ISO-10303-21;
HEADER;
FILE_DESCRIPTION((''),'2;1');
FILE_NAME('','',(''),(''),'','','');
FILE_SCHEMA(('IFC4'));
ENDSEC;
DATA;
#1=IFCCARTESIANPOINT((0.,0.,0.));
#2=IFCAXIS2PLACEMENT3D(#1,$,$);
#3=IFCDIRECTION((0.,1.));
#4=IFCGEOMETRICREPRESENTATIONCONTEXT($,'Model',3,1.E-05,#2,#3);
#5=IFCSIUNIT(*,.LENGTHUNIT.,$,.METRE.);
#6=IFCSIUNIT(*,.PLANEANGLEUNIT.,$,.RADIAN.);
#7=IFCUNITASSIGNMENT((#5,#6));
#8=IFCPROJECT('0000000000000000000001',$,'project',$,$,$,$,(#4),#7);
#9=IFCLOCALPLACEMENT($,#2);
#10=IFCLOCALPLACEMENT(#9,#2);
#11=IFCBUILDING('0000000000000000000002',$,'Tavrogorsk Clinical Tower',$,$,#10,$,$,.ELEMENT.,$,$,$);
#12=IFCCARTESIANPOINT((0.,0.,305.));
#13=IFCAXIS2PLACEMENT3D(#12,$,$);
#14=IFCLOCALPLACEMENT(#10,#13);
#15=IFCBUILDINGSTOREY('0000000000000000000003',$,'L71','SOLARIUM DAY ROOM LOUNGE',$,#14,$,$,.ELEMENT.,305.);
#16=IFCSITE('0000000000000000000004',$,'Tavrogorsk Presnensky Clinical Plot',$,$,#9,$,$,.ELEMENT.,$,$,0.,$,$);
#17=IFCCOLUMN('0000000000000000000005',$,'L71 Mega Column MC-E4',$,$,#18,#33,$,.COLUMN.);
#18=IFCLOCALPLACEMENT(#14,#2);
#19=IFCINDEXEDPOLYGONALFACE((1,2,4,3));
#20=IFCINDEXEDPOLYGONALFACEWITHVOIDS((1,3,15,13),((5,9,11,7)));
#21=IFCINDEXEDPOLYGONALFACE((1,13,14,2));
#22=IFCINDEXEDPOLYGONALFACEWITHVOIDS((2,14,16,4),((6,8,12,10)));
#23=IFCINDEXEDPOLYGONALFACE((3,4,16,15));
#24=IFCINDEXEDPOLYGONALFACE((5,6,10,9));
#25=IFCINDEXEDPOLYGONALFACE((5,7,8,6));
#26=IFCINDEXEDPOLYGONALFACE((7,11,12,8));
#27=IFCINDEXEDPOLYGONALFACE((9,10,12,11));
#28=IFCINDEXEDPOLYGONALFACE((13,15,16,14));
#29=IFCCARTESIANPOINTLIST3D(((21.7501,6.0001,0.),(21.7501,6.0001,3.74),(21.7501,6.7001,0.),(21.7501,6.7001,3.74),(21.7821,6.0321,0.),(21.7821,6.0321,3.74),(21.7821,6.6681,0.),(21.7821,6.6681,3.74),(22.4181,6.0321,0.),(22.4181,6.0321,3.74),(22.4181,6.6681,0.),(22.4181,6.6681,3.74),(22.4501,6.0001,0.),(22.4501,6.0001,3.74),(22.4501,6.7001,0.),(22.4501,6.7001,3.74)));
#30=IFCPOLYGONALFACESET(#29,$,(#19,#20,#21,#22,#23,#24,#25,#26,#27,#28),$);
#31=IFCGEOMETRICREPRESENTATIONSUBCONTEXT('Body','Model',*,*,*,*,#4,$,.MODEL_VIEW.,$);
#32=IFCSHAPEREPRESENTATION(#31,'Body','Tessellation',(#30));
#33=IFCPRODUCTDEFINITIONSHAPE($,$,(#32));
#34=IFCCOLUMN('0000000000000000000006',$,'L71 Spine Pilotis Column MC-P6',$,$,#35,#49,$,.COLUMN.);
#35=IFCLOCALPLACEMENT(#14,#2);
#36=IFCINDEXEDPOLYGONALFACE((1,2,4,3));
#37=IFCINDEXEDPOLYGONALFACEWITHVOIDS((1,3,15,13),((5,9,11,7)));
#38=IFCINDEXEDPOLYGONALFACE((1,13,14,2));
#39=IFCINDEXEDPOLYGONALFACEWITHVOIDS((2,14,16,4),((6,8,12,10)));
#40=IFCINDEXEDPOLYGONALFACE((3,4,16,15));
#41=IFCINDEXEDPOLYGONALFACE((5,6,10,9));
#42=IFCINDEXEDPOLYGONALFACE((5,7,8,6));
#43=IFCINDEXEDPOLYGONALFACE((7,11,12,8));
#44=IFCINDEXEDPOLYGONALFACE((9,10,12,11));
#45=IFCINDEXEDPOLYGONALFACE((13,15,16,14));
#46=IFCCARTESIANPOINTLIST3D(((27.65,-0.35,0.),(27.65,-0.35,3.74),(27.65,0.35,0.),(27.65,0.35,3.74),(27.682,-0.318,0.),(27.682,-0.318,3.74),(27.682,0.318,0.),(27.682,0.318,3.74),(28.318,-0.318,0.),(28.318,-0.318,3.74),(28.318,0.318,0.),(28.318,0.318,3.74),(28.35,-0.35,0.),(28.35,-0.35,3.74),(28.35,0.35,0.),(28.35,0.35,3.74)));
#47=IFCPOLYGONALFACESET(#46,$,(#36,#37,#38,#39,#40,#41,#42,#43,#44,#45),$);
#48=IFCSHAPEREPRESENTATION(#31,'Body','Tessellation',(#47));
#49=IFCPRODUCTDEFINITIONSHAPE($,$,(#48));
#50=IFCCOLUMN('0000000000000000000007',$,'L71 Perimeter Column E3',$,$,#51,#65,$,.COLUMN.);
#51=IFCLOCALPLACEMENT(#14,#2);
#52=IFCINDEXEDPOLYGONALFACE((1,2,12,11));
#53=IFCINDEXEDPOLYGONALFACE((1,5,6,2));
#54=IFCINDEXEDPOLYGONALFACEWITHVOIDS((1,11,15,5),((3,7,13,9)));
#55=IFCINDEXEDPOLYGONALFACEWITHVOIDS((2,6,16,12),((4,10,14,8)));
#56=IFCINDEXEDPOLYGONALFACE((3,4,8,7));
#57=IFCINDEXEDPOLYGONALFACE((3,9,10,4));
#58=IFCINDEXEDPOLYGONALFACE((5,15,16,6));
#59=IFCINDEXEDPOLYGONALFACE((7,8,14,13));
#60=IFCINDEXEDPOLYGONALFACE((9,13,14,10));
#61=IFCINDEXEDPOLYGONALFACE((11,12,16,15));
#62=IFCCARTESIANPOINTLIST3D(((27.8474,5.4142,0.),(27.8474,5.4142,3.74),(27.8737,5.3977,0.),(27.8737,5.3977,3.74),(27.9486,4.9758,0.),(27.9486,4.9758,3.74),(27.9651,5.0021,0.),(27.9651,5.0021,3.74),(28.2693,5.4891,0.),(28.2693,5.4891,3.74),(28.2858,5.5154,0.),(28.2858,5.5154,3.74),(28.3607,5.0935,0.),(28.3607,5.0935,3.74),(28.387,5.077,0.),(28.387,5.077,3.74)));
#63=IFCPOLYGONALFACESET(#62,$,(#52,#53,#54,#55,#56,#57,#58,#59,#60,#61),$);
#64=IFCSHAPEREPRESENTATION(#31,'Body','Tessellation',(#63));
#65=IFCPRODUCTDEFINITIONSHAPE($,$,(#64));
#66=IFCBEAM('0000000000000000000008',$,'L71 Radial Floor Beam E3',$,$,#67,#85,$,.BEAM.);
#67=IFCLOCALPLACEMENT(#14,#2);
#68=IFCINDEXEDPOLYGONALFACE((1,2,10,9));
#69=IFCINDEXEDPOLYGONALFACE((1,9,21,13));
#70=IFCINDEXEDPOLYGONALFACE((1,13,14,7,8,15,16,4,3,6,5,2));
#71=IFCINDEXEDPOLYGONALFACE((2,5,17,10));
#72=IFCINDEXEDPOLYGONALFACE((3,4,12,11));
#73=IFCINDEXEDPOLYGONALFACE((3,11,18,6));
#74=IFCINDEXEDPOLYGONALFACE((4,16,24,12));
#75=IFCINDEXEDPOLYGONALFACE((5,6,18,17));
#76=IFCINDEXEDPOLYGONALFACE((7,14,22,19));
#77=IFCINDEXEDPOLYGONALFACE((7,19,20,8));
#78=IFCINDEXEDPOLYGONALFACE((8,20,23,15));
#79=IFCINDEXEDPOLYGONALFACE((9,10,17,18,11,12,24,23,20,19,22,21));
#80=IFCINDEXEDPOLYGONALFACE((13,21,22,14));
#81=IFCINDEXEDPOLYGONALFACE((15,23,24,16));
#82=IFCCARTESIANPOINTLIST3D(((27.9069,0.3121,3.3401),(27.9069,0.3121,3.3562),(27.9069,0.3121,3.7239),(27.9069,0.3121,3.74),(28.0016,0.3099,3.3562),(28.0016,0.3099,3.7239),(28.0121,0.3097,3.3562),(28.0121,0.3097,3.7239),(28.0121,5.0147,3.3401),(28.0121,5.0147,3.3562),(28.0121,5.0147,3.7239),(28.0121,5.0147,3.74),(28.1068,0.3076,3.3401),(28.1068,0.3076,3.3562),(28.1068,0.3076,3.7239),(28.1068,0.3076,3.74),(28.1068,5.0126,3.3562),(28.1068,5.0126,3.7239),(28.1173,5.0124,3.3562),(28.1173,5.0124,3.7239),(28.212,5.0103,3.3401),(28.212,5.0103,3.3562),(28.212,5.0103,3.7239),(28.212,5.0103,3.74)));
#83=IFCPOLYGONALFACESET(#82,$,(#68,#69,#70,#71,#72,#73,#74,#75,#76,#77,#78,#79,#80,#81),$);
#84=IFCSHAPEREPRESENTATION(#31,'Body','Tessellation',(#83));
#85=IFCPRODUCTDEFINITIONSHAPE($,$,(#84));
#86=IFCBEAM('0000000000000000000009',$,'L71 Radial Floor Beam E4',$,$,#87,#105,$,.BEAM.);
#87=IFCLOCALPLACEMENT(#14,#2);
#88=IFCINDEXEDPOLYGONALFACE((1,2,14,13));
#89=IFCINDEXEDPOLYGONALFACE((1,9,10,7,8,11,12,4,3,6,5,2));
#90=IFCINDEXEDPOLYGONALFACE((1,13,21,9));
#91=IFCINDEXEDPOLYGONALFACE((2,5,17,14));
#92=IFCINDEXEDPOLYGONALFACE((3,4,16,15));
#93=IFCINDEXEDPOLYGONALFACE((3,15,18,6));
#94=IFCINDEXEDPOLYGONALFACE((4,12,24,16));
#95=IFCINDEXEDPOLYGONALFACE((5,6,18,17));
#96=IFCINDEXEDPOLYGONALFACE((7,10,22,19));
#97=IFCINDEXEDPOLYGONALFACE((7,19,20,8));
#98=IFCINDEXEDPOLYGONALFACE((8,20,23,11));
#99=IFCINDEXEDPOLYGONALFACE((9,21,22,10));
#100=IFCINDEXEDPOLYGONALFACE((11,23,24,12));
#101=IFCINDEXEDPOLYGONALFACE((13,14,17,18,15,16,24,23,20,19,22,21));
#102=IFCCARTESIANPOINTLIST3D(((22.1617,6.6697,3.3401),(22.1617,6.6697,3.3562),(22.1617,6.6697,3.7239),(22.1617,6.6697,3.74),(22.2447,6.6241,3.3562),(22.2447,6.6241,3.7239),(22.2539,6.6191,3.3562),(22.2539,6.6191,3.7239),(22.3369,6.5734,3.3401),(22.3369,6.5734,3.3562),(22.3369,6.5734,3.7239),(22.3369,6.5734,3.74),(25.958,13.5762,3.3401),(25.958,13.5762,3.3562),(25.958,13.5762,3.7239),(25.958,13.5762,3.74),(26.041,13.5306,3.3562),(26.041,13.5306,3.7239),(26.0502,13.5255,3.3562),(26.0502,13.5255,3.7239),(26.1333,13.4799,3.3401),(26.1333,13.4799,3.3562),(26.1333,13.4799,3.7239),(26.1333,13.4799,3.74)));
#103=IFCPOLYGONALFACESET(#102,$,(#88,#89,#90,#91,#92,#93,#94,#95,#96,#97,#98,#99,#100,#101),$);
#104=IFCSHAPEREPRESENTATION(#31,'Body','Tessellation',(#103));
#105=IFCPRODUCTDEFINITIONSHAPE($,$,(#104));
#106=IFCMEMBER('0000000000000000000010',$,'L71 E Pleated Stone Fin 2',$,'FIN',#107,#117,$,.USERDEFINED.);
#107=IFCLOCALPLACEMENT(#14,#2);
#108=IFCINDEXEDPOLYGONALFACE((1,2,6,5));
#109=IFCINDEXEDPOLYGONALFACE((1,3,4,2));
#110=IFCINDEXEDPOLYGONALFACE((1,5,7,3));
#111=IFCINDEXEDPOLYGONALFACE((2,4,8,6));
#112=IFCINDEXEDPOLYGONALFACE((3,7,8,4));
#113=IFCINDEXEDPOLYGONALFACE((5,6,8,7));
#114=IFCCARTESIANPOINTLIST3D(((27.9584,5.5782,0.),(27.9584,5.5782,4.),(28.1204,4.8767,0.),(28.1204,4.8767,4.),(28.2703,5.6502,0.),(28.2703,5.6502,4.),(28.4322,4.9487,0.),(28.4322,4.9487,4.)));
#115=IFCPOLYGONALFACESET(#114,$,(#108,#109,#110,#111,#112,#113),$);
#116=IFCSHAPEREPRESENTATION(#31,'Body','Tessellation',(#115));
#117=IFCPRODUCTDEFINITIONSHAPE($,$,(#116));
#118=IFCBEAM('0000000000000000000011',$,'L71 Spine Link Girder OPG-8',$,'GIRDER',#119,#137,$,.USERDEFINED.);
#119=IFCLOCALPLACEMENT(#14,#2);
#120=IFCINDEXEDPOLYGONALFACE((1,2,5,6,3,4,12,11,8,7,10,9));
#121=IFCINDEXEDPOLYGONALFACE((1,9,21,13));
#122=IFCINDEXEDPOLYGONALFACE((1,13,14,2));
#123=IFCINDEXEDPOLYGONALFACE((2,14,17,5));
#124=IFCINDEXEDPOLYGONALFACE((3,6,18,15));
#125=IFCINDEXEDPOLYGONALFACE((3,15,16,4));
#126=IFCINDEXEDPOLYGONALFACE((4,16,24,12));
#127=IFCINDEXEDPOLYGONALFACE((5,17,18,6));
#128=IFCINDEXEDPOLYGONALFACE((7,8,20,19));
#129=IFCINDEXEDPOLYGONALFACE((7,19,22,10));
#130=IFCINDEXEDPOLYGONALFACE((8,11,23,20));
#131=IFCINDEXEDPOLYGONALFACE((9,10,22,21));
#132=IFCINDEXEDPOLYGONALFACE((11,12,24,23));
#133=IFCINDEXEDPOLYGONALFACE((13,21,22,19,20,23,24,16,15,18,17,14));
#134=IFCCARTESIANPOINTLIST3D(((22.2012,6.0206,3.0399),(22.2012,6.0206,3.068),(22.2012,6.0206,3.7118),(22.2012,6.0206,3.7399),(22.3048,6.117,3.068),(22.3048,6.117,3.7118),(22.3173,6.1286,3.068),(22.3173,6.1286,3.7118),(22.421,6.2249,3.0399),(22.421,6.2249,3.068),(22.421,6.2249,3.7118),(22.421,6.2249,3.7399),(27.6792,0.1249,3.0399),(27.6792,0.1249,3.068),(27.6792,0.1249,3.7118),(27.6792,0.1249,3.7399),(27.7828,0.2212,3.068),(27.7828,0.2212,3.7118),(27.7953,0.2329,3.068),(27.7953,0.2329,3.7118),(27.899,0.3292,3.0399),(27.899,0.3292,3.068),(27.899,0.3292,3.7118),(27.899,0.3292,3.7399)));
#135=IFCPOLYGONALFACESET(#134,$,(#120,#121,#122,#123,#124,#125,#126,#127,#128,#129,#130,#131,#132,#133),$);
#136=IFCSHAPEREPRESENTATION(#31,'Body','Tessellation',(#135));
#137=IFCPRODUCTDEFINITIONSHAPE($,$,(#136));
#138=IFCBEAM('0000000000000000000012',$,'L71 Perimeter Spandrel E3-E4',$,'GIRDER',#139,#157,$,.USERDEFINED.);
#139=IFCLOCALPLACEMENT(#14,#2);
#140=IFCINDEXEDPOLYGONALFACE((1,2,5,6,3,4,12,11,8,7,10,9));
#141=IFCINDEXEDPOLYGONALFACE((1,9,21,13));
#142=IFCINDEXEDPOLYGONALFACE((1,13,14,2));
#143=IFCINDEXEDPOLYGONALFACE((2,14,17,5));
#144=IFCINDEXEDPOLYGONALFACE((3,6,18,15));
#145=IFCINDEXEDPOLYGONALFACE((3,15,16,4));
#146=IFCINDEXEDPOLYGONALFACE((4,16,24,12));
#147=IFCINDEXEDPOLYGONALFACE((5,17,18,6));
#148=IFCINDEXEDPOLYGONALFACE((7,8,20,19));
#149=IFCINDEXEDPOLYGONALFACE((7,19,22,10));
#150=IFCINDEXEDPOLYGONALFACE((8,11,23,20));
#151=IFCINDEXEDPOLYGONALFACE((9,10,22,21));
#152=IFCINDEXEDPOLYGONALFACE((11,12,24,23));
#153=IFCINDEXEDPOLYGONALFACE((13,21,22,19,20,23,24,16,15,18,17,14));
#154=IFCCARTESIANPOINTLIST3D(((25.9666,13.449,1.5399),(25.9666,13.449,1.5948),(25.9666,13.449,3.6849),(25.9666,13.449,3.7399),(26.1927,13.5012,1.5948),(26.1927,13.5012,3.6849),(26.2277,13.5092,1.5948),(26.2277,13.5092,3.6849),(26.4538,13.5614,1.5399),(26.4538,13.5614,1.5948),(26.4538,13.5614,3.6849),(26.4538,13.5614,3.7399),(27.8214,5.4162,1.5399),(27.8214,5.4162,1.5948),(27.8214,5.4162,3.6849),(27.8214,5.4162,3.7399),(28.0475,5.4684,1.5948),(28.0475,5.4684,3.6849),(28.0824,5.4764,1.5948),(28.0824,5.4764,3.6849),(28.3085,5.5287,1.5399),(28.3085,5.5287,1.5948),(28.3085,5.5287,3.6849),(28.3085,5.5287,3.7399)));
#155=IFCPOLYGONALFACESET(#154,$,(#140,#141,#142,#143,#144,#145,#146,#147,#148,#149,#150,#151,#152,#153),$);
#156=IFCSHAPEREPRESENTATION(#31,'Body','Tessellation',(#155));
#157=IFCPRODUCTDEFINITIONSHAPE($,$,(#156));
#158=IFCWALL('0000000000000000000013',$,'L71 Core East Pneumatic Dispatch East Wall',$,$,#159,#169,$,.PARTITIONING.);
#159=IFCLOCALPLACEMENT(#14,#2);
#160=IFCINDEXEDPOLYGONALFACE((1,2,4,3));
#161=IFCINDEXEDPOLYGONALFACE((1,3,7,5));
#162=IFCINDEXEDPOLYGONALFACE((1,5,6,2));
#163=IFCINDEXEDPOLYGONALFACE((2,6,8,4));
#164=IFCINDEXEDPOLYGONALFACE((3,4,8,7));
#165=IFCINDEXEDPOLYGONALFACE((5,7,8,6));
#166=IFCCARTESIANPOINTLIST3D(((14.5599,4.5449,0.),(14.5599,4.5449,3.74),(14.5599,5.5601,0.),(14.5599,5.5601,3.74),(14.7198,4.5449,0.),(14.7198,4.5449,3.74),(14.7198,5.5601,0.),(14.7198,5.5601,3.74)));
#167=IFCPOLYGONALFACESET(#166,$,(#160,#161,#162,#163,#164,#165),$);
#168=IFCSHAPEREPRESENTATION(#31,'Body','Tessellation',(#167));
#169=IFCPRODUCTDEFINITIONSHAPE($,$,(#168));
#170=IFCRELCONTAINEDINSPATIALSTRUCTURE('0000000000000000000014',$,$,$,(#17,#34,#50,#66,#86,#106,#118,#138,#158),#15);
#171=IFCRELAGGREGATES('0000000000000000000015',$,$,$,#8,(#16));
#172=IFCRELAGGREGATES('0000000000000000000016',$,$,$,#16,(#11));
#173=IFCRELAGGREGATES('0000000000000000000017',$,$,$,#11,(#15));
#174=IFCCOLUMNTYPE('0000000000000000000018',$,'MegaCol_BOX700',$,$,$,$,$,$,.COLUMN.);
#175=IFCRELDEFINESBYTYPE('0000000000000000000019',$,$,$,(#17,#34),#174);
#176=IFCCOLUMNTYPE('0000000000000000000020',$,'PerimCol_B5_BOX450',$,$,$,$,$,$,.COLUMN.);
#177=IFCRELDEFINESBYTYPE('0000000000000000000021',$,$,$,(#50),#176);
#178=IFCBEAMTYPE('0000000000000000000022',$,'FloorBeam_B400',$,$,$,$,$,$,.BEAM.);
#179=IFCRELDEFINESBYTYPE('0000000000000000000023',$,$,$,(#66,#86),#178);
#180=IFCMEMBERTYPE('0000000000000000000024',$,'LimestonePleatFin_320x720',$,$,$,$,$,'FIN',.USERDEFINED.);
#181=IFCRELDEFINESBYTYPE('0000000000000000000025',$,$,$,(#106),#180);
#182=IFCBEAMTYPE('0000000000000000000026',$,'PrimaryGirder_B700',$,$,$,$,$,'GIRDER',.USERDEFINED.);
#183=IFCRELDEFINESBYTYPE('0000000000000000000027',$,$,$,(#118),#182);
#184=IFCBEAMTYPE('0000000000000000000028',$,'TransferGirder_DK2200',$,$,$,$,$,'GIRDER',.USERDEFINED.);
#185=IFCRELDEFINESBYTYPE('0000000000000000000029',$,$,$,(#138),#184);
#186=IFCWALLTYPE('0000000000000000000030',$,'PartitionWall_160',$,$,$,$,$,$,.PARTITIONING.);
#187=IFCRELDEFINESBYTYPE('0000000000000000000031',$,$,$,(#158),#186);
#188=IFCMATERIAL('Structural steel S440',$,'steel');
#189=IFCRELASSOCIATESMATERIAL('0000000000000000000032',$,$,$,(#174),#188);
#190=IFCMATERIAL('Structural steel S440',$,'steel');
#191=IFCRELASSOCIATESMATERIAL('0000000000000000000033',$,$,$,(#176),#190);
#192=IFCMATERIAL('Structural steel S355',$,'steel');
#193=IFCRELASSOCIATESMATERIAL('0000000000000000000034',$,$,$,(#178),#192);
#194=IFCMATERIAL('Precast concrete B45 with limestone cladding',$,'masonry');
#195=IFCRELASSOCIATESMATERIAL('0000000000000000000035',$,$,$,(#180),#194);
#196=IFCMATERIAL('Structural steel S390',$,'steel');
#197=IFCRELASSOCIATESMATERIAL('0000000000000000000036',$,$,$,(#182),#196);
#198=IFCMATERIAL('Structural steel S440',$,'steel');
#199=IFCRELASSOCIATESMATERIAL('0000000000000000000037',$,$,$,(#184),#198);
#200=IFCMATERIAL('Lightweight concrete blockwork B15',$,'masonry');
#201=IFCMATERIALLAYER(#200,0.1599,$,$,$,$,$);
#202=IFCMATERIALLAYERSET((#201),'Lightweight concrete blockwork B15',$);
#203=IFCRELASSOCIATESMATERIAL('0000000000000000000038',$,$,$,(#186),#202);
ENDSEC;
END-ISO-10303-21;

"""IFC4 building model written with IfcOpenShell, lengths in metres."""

from ifc_helpers import new_model, si_unit, direction, frame, frame_2d, origin, origin_2d, place, context, subcontext, project, spatial, rectangle, hollow_rectangle, i_section, extrude, material, layer, layer_set, material_profile, profile_set, type_object, element, save


model = new_model("IFC4")

# Units and contexts
model_context = context("Model", 3, precision=1e-05, world=origin(), true_north=direction((0.0, 1.0)))
body_context = subcontext(model_context, "Body", "Model", "MODEL_VIEW")
ifc_project = project(units=[si_unit("LENGTHUNIT", "METRE"), si_unit("PLANEANGLEUNIT", "RADIAN")], contexts=[model_context])

# Site, building, storey
site_placement = place(None, origin())
site = spatial("IfcSite", under=ifc_project, at=site_placement, Name="Tavrogorsk Presnensky Clinical Plot", CompositionType="ELEMENT", RefElevation=0.0)
building_placement = place(site_placement, origin())
building = spatial("IfcBuilding", under=site, at=building_placement, Name="Tavrogorsk Clinical Tower", CompositionType="ELEMENT")
storey_placement = place(building_placement, frame((0.0, 0.0, 305.0)))
storey = spatial("IfcBuildingStorey", under=building, at=storey_placement, Name="L71", Description="SOLARIUM DAY ROOM LOUNGE", CompositionType="ELEMENT", Elevation=305.0)

# Columns
ifc_material_1 = material(Name="Structural steel S440", Category="steel")
ifc_material_profile_1 = material_profile(ifc_material_1, hollow_rectangle(XDim=0.7, YDim=0.7, WallThickness=0.032, at=origin_2d()), Name="BOX-700x700x32")
ifc_profile_set_1 = profile_set([ifc_material_profile_1], Name="Structural steel S440")
column_type_1 = type_object("IfcColumnType", Name="MegaCol_BOX700", PredefinedType="COLUMN", material=ifc_profile_set_1)
for number, where, z_axis, x_axis, name in (
    (1, (22.1001, 6.3501, 0.0), (0.0, 0.0, 1.0), (1.0, 0.0, 0.0), "L71 Mega Column MC-E4"),
    (2, (28.0, 0.0, 0.0), (0.0, 0.0, 1.0), (1.0, 0.0, 0.0), "L71 Spine Pilotis Column MC-P6"),
):
    element("IfcColumn", number, at=place(storey_placement, frame(where, z_axis=z_axis, x_axis=x_axis)), inside=storey, type_object=column_type_1, Name=name, PredefinedType="COLUMN", context=body_context, shape_type="SweptSolid", body=[
        extrude(hollow_rectangle(XDim=0.7, YDim=0.7, WallThickness=0.032, at=origin_2d()), origin(), (0.0, 0.0, 1.0), 3.74),
    ])
ifc_material_2 = material(Name="Structural steel S440", Category="steel")
ifc_material_profile_2 = material_profile(ifc_material_2, hollow_rectangle(XDim=0.45, YDim=0.45, WallThickness=0.022, at=origin_2d()), Name="BOX-450x450x22")
ifc_profile_set_2 = profile_set([ifc_material_profile_2], Name="Structural steel S440")
column_type_2 = type_object("IfcColumnType", Name="PerimCol_B5_BOX450", PredefinedType="COLUMN", material=ifc_profile_set_2)
column_placement = place(storey_placement, frame((28.1172, 5.2456, 0.0), z_axis=(0.0, 0.0, 1.0), x_axis=(0.97437, 0.224951, 0.0)))
element("IfcColumn", 3, at=column_placement, inside=storey, type_object=column_type_2, Name="L71 Perimeter Column E3", PredefinedType="COLUMN", context=body_context, shape_type="SweptSolid", body=[
    extrude(hollow_rectangle(XDim=0.45, YDim=0.45, WallThickness=0.022, at=origin_2d()), origin(), (0.0, 0.0, 1.0), 3.74),
])

# Beams
ifc_material_3 = material(Name="Structural steel S355", Category="steel")
ifc_material_profile_3 = material_profile(ifc_material_3, i_section(OverallWidth=0.2, OverallDepth=0.3999, WebThickness=0.0105, FlangeThickness=0.0161, at=origin_2d()), Name="B-400x200x10.5x16")
ifc_profile_set_3 = profile_set([ifc_material_profile_3], Name="Structural steel S355")
beam_type_1 = type_object("IfcBeamType", Name="FloorBeam_B400", PredefinedType="BEAM", material=ifc_profile_set_3)
beam_1_placement = place(storey_placement, frame((28.0068, 0.3098, 3.54), z_axis=(0.02237, 0.99975, 0.0), x_axis=(-0.99975, 0.02237, 0.0)))
element("IfcBeam", 4, at=beam_1_placement, inside=storey, type_object=beam_type_1, Name="L71 Radial Floor Beam E3", PredefinedType="BEAM", context=body_context, shape_type="SweptSolid", body=[
    extrude(i_section(OverallWidth=0.2, OverallDepth=0.3999, WebThickness=0.0105, FlangeThickness=0.0161, at=origin_2d()), origin(), (0.0, 0.0, 1.0), 4.7039),
])
beam_2_placement = place(storey_placement, frame((22.2493, 6.6216, 3.54), z_axis=(0.481706, 0.876333, 0.0), x_axis=(-0.876333, 0.481706, 0.0)))
element("IfcBeam", 5, at=beam_2_placement, inside=storey, type_object=beam_type_1, Name="L71 Radial Floor Beam E4", PredefinedType="BEAM", context=body_context, shape_type="SweptSolid", body=[
    extrude(i_section(OverallWidth=0.2, OverallDepth=0.3999, WebThickness=0.0105, FlangeThickness=0.0161, at=origin_2d()), origin(), (0.0, 0.0, 1.0), 7.8811),
])

# Member
ifc_material_4 = material(Name="Precast concrete B45 with limestone cladding", Category="masonry")
ifc_material_profile_4 = material_profile(ifc_material_4, rectangle(XDim=0.3201, YDim=0.72, at=origin_2d()), Name="LIMESTONE-FIN-320x720")
ifc_profile_set_4 = profile_set([ifc_material_profile_4], Name="Precast concrete B45 with limestone cladding")
member_type = type_object("IfcMemberType", Name="LimestonePleatFin_320x720", ElementType="FIN", PredefinedType="USERDEFINED", material=ifc_profile_set_4)
member_placement = place(storey_placement, frame((28.1953, 5.2634, 0.0), z_axis=(0.0, 0.0, 1.0), x_axis=(0.97437, 0.224951, 0.0)))
element("IfcMember", 6, at=member_placement, inside=storey, type_object=member_type, Name="L71 E Pleated Stone Fin 2", ObjectType="FIN", PredefinedType="USERDEFINED", context=body_context, shape_type="SweptSolid", body=[
    extrude(rectangle(XDim=0.3201, YDim=0.72, at=origin_2d()), origin(), (0.0, 0.0, 1.0), 4.0),
])

# Beams
ifc_material_5 = material(Name="Structural steel S390", Category="steel")
ifc_material_profile_5 = material_profile(ifc_material_5, i_section(OverallWidth=0.3, OverallDepth=0.7, WebThickness=0.0171, FlangeThickness=0.0281, at=origin_2d()), Name="B-700x300x17x28")
ifc_profile_set_5 = profile_set([ifc_material_profile_5], Name="Structural steel S390")
beam_type_2 = type_object("IfcBeamType", Name="PrimaryGirder_B700", ElementType="GIRDER", PredefinedType="USERDEFINED", material=ifc_profile_set_5)
beam_3_placement = place(storey_placement, frame((27.7891, 0.2271, 3.3899), z_axis=(-0.680678, 0.732583, 0.0), x_axis=(-0.732583, -0.680678, 0.0)))
element("IfcBeam", 7, at=beam_3_placement, inside=storey, type_object=beam_type_2, Name="L71 Spine Link Girder OPG-8", ObjectType="GIRDER", PredefinedType="USERDEFINED", context=body_context, shape_type="SweptSolid", body=[
    extrude(i_section(OverallWidth=0.3, OverallDepth=0.7, WebThickness=0.0171, FlangeThickness=0.0281, at=origin_2d()), origin(), (0.0, 0.0, 1.0), 8.0479),
])
ifc_material_6 = material(Name="Structural steel S440", Category="steel")
ifc_material_profile_6 = material_profile(ifc_material_6, i_section(OverallWidth=0.5, OverallDepth=2.2, WebThickness=0.0359, FlangeThickness=0.0549, at=origin_2d()), Name="DK-2200x500x36x55")
ifc_profile_set_6 = profile_set([ifc_material_profile_6], Name="Structural steel S440")
beam_type_3 = type_object("IfcBeamType", Name="TransferGirder_DK2200", ElementType="GIRDER", PredefinedType="USERDEFINED", material=ifc_profile_set_6)
beam_4_placement = place(storey_placement, frame((28.0649, 5.4724, 2.6399), z_axis=(-0.224978, 0.974364, 0.0), x_axis=(-0.974364, -0.224978, 0.0)))
element("IfcBeam", 8, at=beam_4_placement, inside=storey, type_object=beam_type_3, Name="L71 Perimeter Spandrel E3-E4", ObjectType="GIRDER", PredefinedType="USERDEFINED", context=body_context, shape_type="SweptSolid", body=[
    extrude(i_section(OverallWidth=0.5, OverallDepth=2.2, WebThickness=0.0359, FlangeThickness=0.0549, at=origin_2d()), origin(), (0.0, 0.0, 1.0), 8.2441),
])

# Wall
ifc_material_7 = material(Name="Lightweight concrete blockwork B15", Category="masonry")
ifc_layer_1 = layer(ifc_material_7, 0.1599)
ifc_layer_set_1 = layer_set([ifc_layer_1], Name="Lightweight concrete blockwork B15")
wall_type_1 = type_object("IfcWallType", Name="PartitionWall_160", PredefinedType="PARTITIONING", material=ifc_layer_set_1)
wall_1_placement = place(storey_placement, frame((14.6399, 4.5449, 0.0), z_axis=(0.0, 0.0, 1.0), x_axis=(0.0, 1.0, 0.0)))
element("IfcWall", 9, at=wall_1_placement, inside=storey, type_object=wall_type_1, Name="L71 Core East Pneumatic Dispatch East Wall", PredefinedType="PARTITIONING", context=body_context, shape_type="SweptSolid", body=[
    extrude(rectangle(XDim=1.0151, YDim=0.1599, at=frame_2d((0.5076, 0.0))), origin(), (0.0, 0.0, 1.0), 3.74),
])

save(model, "model.ifc")
